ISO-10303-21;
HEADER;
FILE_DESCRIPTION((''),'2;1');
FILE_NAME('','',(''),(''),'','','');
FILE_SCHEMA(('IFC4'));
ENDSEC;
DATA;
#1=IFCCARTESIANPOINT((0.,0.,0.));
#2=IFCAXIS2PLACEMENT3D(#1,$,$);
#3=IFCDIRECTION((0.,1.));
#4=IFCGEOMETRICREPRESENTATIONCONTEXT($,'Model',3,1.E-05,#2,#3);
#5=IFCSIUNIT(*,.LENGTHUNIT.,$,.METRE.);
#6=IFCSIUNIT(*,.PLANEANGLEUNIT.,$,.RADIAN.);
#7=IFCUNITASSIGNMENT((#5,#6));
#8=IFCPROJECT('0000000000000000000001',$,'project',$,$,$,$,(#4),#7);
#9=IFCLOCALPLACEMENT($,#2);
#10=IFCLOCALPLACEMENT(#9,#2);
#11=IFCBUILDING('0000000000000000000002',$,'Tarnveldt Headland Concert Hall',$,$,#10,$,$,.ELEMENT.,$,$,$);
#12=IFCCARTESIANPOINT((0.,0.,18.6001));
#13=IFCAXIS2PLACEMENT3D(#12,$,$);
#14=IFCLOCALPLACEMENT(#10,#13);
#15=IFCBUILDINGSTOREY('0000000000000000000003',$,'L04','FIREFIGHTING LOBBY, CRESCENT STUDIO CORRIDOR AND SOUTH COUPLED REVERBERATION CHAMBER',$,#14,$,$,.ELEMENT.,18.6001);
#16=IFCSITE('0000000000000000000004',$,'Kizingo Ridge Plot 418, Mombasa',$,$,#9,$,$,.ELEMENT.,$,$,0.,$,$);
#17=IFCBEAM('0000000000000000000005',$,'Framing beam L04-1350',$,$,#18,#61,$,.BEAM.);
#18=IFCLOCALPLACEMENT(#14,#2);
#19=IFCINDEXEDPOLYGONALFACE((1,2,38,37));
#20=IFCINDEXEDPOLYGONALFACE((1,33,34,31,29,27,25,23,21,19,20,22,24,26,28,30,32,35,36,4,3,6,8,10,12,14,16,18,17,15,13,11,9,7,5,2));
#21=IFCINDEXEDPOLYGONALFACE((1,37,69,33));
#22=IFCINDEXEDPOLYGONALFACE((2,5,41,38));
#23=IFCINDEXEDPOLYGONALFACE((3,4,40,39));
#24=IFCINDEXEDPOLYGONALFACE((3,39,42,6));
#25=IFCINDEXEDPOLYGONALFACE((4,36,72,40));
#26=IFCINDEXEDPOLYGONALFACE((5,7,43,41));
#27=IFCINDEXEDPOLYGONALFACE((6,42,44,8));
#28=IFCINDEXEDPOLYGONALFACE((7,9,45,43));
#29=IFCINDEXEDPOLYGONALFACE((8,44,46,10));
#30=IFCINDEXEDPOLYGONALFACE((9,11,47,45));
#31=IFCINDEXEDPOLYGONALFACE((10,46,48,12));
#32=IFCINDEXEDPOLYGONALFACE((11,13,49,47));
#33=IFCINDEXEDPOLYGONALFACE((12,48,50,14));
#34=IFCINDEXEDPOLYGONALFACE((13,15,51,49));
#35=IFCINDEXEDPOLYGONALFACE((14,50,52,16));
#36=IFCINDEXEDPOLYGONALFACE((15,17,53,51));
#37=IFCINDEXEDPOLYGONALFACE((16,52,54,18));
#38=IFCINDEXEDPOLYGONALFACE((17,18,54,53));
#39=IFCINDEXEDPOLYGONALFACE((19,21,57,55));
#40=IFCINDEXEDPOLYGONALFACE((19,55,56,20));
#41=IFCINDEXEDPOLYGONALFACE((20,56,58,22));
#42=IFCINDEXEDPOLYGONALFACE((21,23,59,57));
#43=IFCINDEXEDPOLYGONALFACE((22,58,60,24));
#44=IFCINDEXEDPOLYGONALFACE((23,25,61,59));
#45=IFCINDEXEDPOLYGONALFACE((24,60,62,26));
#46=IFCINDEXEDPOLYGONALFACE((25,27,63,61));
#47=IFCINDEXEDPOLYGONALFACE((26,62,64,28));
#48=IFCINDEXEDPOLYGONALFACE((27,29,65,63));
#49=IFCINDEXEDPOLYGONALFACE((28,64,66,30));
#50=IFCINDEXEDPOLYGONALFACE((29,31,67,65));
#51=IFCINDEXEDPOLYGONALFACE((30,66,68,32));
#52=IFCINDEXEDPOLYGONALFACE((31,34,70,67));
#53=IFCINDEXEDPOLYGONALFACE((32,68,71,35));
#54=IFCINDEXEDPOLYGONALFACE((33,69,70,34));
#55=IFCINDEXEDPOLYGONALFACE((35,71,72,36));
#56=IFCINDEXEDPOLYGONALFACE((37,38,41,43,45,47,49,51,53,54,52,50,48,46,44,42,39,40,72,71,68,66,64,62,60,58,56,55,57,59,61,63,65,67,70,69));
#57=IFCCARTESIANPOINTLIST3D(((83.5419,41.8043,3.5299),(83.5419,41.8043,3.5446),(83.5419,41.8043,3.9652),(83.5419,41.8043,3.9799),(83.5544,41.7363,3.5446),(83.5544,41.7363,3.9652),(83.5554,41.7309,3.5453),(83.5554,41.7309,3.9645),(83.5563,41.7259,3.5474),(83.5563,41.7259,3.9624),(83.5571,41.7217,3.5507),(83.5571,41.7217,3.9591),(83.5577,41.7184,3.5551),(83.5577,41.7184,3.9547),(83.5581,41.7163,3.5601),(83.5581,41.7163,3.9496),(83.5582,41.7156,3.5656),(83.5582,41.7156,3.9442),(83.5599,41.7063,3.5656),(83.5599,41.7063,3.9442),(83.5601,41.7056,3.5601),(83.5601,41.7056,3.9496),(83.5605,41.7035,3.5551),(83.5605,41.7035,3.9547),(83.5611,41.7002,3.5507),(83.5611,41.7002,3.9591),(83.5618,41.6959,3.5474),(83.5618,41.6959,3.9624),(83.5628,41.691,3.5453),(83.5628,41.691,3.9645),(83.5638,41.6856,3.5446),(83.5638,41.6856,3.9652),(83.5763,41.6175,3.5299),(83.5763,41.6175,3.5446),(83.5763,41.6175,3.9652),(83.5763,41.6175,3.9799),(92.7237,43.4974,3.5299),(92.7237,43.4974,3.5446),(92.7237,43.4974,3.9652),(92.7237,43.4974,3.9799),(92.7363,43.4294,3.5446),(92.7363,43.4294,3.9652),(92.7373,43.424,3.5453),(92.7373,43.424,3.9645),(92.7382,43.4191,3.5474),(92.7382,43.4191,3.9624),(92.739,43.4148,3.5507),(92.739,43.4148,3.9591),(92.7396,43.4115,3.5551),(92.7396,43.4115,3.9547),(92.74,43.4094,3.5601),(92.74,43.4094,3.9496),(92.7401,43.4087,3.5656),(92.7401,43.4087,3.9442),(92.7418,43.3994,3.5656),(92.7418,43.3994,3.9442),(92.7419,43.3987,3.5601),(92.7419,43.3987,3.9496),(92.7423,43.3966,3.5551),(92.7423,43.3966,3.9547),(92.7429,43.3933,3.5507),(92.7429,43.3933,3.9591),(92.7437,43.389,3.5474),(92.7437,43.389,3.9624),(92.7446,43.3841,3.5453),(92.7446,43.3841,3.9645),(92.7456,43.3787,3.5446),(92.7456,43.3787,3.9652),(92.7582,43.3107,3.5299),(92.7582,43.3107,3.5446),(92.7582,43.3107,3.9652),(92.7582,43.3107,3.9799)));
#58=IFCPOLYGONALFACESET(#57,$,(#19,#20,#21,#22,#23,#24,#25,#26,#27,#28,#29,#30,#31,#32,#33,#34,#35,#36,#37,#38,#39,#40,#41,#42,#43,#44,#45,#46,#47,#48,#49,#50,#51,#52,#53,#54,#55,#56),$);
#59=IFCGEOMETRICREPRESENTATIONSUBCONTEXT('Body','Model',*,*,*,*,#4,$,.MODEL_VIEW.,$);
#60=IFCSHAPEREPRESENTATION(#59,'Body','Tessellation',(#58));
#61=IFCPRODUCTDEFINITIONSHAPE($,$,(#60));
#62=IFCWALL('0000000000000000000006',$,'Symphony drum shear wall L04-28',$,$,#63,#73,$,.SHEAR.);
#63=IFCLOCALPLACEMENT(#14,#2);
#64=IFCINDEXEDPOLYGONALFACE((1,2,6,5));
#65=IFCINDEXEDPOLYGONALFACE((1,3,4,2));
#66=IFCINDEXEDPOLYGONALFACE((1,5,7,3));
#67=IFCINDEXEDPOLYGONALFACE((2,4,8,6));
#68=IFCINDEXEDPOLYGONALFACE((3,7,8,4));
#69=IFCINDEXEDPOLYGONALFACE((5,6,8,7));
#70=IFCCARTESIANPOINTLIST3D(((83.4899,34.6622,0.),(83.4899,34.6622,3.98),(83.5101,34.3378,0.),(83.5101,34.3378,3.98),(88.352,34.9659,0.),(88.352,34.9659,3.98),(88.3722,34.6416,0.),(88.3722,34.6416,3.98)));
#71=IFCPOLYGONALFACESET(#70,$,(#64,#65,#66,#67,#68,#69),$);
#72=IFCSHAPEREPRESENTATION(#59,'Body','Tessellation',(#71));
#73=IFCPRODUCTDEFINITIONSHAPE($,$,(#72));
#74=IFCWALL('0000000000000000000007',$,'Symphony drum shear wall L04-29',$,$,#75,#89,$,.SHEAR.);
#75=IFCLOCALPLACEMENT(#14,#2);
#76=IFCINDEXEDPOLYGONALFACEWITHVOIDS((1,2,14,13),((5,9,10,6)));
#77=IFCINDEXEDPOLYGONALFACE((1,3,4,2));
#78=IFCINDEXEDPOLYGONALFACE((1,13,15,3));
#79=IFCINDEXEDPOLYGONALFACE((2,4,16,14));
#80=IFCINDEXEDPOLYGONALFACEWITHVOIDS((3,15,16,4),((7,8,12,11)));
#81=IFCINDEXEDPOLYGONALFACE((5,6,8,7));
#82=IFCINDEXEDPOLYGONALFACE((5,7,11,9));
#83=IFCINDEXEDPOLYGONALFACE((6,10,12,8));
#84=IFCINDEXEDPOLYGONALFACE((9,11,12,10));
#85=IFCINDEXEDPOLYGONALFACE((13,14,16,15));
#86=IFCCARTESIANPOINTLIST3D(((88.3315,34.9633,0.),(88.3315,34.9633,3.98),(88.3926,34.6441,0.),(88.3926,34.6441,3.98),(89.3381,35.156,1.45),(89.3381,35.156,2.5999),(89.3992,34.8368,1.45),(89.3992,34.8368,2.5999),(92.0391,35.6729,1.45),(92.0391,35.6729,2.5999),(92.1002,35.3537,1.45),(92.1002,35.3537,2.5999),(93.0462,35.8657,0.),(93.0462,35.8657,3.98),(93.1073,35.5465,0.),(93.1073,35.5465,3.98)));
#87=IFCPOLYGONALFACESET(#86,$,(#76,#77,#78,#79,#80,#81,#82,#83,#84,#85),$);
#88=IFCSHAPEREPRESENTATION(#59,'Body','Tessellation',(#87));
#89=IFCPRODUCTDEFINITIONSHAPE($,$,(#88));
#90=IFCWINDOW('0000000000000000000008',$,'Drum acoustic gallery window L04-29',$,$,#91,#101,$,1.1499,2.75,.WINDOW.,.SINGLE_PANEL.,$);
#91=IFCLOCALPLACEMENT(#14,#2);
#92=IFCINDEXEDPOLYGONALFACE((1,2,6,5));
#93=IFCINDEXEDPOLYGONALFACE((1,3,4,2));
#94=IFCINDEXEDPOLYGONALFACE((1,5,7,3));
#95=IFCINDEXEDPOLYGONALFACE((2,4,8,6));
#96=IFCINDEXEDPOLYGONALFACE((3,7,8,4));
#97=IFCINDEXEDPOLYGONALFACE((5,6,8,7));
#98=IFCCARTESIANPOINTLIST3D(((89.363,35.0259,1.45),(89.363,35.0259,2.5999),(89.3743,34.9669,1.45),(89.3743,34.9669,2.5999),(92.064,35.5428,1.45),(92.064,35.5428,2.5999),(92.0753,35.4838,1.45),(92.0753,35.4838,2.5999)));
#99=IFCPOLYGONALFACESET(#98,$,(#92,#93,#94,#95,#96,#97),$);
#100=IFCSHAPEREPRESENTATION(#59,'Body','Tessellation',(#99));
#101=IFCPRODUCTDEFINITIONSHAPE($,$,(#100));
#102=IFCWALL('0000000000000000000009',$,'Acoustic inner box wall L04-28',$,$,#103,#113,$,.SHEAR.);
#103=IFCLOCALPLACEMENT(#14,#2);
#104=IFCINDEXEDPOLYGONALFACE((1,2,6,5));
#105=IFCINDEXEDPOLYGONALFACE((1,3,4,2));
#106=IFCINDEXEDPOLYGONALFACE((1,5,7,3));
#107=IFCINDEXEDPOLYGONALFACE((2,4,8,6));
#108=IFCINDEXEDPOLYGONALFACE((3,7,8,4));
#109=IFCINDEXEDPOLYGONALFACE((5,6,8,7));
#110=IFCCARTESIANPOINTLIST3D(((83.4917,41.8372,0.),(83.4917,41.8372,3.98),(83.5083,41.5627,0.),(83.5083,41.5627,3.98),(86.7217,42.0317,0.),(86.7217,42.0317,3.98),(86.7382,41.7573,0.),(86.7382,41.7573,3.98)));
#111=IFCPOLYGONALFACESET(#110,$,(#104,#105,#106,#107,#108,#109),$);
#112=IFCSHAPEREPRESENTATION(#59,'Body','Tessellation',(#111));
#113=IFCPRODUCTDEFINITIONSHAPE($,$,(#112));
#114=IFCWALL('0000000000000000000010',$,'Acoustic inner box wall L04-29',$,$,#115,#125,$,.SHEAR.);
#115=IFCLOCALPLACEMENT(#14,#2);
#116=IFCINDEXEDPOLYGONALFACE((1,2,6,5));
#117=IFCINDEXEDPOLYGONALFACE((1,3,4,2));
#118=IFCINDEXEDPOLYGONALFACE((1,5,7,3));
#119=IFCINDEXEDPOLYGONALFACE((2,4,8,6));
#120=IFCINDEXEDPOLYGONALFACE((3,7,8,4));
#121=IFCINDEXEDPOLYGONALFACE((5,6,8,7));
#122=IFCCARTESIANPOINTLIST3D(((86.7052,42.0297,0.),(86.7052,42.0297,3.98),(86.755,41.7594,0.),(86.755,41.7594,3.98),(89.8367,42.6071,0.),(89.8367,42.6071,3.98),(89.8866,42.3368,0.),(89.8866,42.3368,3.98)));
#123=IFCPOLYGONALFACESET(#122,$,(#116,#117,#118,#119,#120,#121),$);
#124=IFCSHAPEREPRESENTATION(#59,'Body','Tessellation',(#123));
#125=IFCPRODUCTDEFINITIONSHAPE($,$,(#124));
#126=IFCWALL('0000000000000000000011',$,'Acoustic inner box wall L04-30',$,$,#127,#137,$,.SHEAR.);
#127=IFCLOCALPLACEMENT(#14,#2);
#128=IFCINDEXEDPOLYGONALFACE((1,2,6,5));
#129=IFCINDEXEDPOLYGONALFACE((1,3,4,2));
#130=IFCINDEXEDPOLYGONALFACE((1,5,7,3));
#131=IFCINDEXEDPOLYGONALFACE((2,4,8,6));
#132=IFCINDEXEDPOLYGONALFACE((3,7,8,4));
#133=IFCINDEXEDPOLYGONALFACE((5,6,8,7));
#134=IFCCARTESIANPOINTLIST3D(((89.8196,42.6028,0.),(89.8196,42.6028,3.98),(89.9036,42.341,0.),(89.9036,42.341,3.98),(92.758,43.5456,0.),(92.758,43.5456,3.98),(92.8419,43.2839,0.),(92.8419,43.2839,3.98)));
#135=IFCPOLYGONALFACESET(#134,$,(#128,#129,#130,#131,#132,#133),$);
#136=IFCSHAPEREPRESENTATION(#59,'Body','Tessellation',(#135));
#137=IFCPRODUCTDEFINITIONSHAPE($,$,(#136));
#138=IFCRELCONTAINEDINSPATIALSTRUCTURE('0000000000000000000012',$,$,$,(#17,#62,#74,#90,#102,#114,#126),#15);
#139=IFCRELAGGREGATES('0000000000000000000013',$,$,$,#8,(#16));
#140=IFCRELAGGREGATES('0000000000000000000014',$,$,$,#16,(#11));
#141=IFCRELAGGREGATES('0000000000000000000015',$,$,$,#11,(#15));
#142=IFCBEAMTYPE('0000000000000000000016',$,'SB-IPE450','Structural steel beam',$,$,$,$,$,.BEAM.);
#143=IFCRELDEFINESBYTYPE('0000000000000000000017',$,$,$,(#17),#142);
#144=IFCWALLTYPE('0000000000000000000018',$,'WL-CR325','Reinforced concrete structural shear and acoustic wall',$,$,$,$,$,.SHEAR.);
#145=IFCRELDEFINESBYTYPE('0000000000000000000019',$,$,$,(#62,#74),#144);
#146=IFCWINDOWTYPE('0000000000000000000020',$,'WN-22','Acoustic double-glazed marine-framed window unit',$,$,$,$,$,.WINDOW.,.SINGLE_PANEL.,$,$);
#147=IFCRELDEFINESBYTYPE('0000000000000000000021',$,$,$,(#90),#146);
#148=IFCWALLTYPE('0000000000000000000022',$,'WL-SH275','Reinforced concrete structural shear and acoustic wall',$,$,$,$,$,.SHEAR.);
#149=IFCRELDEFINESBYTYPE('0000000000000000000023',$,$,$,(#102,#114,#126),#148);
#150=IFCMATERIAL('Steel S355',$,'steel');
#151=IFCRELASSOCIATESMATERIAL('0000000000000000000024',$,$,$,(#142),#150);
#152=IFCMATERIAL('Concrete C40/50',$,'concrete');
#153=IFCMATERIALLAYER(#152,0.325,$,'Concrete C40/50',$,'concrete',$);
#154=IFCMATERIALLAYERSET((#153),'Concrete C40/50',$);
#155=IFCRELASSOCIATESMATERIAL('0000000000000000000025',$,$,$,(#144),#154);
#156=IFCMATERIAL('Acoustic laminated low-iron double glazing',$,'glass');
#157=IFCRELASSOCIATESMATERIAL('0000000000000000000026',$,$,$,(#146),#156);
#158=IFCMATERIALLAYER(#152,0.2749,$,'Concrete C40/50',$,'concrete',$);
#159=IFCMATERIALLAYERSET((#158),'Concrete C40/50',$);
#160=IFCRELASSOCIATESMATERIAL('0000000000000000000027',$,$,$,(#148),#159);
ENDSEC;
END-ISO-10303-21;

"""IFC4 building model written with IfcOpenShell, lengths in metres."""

from ifc_helpers import new_model, si_unit, direction, frame, frame_2d, origin, origin_2d, place, context, subcontext, project, spatial, rectangle, i_section, extrude, material, layer, layer_set, material_profile, profile_set, type_object, element, fill, save


model = new_model("IFC4")

# Units and contexts
model_context = context("Model", 3, precision=1e-05, world=origin(), true_north=direction((0.0, 1.0)))
body_context = subcontext(model_context, "Body", "Model", "MODEL_VIEW")
ifc_project = project(units=[si_unit("LENGTHUNIT", "METRE"), si_unit("PLANEANGLEUNIT", "RADIAN")], contexts=[model_context])

# Site, building, storey
site_placement = place(None, origin())
site = spatial("IfcSite", under=ifc_project, at=site_placement, Name="Kizingo Ridge Plot 418, Mombasa", CompositionType="ELEMENT", RefElevation=0.0)
building_placement = place(site_placement, origin())
building = spatial("IfcBuilding", under=site, at=building_placement, Name="Tarnveldt Headland Concert Hall", CompositionType="ELEMENT")
storey_placement = place(building_placement, frame((0.0, 0.0, 18.6001)))
storey = spatial("IfcBuildingStorey", under=building, at=storey_placement, Name="L04", Description="FIREFIGHTING LOBBY, CRESCENT STUDIO CORRIDOR AND SOUTH COUPLED REVERBERATION CHAMBER", CompositionType="ELEMENT", Elevation=18.6001)

# Shared definitions
ifc_material_1 = material(Name="Concrete C40/50", Category="concrete")

# Shared definitions
ifc_material_2 = material(Name="Steel S355", Category="steel")

# Beam
ifc_material_profile_1 = material_profile(ifc_material_2, i_section(OverallWidth=0.1899, OverallDepth=0.45, WebThickness=0.0095, FlangeThickness=0.0146, FilletRadius=0.021, at=origin_2d()), Name="IPE450", Category="steel")
ifc_profile_set_1 = profile_set([ifc_material_profile_1], Name="Steel S355")
beam_type_1 = type_object("IfcBeamType", Name="SB-IPE450", Description="Structural steel beam", PredefinedType="BEAM", material=ifc_profile_set_1)
beam_1_placement = place(storey_placement, frame((83.5591, 41.7109, 3.7549), z_axis=(0.98342, 0.18134, 0.0), x_axis=(-0.18134, 0.98342, 0.0)))
element("IfcBeam", 1, at=beam_1_placement, inside=storey, type_object=beam_type_1, Name="Framing beam L04-1350", PredefinedType="BEAM", context=body_context, shape_type="SweptSolid", body=[
    extrude(i_section(OverallWidth=0.1899, OverallDepth=0.45, WebThickness=0.0095, FlangeThickness=0.0146, FilletRadius=0.021, at=origin_2d()), origin(), (0.0, 0.0, 1.0), 9.3367),
])

# Wall
ifc_layer_1 = layer(ifc_material_1, 0.325, Name="Concrete C40/50", Category="concrete")
ifc_layer_set_1 = layer_set([ifc_layer_1], Name="Concrete C40/50")
wall_type_1 = type_object("IfcWallType", Name="WL-CR325", Description="Reinforced concrete structural shear and acoustic wall", PredefinedType="SHEAR", material=ifc_layer_set_1)
wall_1_placement = place(storey_placement, frame((83.5, 34.5, 0.0), z_axis=(0.0, 0.0, 1.0), x_axis=(0.998055, 0.062344, 0.0)))
element("IfcWall", 2, at=wall_1_placement, inside=storey, type_object=wall_type_1, Name="Symphony drum shear wall L04-28", PredefinedType="SHEAR", context=body_context, shape_type="SweptSolid", body=[
    extrude(rectangle(XDim=4.8716, YDim=0.325, at=frame_2d((2.4358, 0.0))), origin(), (0.0, 0.0, 1.0), 3.98),
])

# Wall, opening, window
wall_2_placement = place(storey_placement, frame((88.3621, 34.8037, 0.0), z_axis=(0.0, 0.0, 1.0), x_axis=(0.982173, 0.187981, 0.0)))
wall_2 = element("IfcWall", 3, at=wall_2_placement, inside=storey, type_object=wall_type_1, Name="Symphony drum shear wall L04-29", PredefinedType="SHEAR", context=body_context, shape_type="SweptSolid", body=[
    extrude(rectangle(XDim=4.8003, YDim=0.325, at=frame_2d((2.4001, 0.0))), origin(), (0.0, 0.0, 1.0), 3.98),
])
opening_placement = place(wall_2_placement, frame((1.0249, 0.0, 1.45)))
opening = element("IfcOpeningElement", 4, at=opening_placement, cuts=wall_2, PredefinedType="OPENING", context=body_context, shape_type="SweptSolid", body=[
    extrude(rectangle(XDim=2.75, YDim=1.1499, at=frame_2d((1.375, 0.575))), frame((0.0, 0.1724, 0.0), z_axis=(0.0, -1.0, 0.0), x_axis=(1.0, 0.0, 0.0)), (0.0, 0.0, 1.0), 0.345),
])
ifc_material_3 = material(Name="Acoustic laminated low-iron double glazing", Category="glass")
window_type = type_object("IfcWindowType", Name="WN-22", Description="Acoustic double-glazed marine-framed window unit", PartitioningType="SINGLE_PANEL", PredefinedType="WINDOW", material=ifc_material_3)
window_placement = place(opening_placement, origin())
window = element("IfcWindow", 5, at=window_placement, inside=storey, type_object=window_type, Name="Drum acoustic gallery window L04-29", OverallHeight=1.1499, OverallWidth=2.75, PartitioningType="SINGLE_PANEL", PredefinedType="WINDOW", context=body_context, shape_type="SweptSolid", body=[
    extrude(rectangle(XDim=2.75, YDim=1.1499, at=frame_2d((1.375, 0.575))), frame((0.0, 0.03, 0.0), z_axis=(0.0, -1.0, 0.0), x_axis=(1.0, 0.0, 0.0)), (0.0, 0.0, 1.0), 0.0601),
])
fill(opening, window)

# Walls
ifc_layer_2 = layer(ifc_material_1, 0.2749, Name="Concrete C40/50", Category="concrete")
ifc_layer_set_2 = layer_set([ifc_layer_2], Name="Concrete C40/50")
wall_type_2 = type_object("IfcWallType", Name="WL-SH275", Description="Reinforced concrete structural shear and acoustic wall", PredefinedType="SHEAR", material=ifc_layer_set_2)
wall_3_placement = place(storey_placement, frame((83.5, 41.7, 0.0), z_axis=(0.0, 0.0, 1.0), x_axis=(0.99819, 0.060133, 0.0)))
element("IfcWall", 6, at=wall_3_placement, inside=storey, type_object=wall_type_2, Name="Acoustic inner box wall L04-28", PredefinedType="SHEAR", context=body_context, shape_type="SweptSolid", body=[
    extrude(rectangle(XDim=3.2358, YDim=0.2749, at=frame_2d((1.6179, 0.0))), origin(), (0.0, 0.0, 1.0), 3.98),
])
wall_4_placement = place(storey_placement, frame((86.73, 41.8945, 0.0), z_axis=(0.0, 0.0, 1.0), x_axis=(0.983424, 0.18132, 0.0)))
element("IfcWall", 7, at=wall_4_placement, inside=storey, type_object=wall_type_2, Name="Acoustic inner box wall L04-29", PredefinedType="SHEAR", context=body_context, shape_type="SweptSolid", body=[
    extrude(rectangle(XDim=3.1843, YDim=0.2749, at=frame_2d((1.5923, 0.0))), origin(), (0.0, 0.0, 1.0), 3.98),
])
wall_5_placement = place(storey_placement, frame((89.8616, 42.4719, 0.0), z_axis=(0.0, 0.0, 1.0), x_axis=(0.952183, 0.305528, 0.0)))
element("IfcWall", 8, at=wall_5_placement, inside=storey, type_object=wall_type_2, Name="Acoustic inner box wall L04-30", PredefinedType="SHEAR", context=body_context, shape_type="SweptSolid", body=[
    extrude(rectangle(XDim=3.0859, YDim=0.2749, at=frame_2d((1.543, 0.0))), origin(), (0.0, 0.0, 1.0), 3.98),
])

save(model, "model.ifc")
